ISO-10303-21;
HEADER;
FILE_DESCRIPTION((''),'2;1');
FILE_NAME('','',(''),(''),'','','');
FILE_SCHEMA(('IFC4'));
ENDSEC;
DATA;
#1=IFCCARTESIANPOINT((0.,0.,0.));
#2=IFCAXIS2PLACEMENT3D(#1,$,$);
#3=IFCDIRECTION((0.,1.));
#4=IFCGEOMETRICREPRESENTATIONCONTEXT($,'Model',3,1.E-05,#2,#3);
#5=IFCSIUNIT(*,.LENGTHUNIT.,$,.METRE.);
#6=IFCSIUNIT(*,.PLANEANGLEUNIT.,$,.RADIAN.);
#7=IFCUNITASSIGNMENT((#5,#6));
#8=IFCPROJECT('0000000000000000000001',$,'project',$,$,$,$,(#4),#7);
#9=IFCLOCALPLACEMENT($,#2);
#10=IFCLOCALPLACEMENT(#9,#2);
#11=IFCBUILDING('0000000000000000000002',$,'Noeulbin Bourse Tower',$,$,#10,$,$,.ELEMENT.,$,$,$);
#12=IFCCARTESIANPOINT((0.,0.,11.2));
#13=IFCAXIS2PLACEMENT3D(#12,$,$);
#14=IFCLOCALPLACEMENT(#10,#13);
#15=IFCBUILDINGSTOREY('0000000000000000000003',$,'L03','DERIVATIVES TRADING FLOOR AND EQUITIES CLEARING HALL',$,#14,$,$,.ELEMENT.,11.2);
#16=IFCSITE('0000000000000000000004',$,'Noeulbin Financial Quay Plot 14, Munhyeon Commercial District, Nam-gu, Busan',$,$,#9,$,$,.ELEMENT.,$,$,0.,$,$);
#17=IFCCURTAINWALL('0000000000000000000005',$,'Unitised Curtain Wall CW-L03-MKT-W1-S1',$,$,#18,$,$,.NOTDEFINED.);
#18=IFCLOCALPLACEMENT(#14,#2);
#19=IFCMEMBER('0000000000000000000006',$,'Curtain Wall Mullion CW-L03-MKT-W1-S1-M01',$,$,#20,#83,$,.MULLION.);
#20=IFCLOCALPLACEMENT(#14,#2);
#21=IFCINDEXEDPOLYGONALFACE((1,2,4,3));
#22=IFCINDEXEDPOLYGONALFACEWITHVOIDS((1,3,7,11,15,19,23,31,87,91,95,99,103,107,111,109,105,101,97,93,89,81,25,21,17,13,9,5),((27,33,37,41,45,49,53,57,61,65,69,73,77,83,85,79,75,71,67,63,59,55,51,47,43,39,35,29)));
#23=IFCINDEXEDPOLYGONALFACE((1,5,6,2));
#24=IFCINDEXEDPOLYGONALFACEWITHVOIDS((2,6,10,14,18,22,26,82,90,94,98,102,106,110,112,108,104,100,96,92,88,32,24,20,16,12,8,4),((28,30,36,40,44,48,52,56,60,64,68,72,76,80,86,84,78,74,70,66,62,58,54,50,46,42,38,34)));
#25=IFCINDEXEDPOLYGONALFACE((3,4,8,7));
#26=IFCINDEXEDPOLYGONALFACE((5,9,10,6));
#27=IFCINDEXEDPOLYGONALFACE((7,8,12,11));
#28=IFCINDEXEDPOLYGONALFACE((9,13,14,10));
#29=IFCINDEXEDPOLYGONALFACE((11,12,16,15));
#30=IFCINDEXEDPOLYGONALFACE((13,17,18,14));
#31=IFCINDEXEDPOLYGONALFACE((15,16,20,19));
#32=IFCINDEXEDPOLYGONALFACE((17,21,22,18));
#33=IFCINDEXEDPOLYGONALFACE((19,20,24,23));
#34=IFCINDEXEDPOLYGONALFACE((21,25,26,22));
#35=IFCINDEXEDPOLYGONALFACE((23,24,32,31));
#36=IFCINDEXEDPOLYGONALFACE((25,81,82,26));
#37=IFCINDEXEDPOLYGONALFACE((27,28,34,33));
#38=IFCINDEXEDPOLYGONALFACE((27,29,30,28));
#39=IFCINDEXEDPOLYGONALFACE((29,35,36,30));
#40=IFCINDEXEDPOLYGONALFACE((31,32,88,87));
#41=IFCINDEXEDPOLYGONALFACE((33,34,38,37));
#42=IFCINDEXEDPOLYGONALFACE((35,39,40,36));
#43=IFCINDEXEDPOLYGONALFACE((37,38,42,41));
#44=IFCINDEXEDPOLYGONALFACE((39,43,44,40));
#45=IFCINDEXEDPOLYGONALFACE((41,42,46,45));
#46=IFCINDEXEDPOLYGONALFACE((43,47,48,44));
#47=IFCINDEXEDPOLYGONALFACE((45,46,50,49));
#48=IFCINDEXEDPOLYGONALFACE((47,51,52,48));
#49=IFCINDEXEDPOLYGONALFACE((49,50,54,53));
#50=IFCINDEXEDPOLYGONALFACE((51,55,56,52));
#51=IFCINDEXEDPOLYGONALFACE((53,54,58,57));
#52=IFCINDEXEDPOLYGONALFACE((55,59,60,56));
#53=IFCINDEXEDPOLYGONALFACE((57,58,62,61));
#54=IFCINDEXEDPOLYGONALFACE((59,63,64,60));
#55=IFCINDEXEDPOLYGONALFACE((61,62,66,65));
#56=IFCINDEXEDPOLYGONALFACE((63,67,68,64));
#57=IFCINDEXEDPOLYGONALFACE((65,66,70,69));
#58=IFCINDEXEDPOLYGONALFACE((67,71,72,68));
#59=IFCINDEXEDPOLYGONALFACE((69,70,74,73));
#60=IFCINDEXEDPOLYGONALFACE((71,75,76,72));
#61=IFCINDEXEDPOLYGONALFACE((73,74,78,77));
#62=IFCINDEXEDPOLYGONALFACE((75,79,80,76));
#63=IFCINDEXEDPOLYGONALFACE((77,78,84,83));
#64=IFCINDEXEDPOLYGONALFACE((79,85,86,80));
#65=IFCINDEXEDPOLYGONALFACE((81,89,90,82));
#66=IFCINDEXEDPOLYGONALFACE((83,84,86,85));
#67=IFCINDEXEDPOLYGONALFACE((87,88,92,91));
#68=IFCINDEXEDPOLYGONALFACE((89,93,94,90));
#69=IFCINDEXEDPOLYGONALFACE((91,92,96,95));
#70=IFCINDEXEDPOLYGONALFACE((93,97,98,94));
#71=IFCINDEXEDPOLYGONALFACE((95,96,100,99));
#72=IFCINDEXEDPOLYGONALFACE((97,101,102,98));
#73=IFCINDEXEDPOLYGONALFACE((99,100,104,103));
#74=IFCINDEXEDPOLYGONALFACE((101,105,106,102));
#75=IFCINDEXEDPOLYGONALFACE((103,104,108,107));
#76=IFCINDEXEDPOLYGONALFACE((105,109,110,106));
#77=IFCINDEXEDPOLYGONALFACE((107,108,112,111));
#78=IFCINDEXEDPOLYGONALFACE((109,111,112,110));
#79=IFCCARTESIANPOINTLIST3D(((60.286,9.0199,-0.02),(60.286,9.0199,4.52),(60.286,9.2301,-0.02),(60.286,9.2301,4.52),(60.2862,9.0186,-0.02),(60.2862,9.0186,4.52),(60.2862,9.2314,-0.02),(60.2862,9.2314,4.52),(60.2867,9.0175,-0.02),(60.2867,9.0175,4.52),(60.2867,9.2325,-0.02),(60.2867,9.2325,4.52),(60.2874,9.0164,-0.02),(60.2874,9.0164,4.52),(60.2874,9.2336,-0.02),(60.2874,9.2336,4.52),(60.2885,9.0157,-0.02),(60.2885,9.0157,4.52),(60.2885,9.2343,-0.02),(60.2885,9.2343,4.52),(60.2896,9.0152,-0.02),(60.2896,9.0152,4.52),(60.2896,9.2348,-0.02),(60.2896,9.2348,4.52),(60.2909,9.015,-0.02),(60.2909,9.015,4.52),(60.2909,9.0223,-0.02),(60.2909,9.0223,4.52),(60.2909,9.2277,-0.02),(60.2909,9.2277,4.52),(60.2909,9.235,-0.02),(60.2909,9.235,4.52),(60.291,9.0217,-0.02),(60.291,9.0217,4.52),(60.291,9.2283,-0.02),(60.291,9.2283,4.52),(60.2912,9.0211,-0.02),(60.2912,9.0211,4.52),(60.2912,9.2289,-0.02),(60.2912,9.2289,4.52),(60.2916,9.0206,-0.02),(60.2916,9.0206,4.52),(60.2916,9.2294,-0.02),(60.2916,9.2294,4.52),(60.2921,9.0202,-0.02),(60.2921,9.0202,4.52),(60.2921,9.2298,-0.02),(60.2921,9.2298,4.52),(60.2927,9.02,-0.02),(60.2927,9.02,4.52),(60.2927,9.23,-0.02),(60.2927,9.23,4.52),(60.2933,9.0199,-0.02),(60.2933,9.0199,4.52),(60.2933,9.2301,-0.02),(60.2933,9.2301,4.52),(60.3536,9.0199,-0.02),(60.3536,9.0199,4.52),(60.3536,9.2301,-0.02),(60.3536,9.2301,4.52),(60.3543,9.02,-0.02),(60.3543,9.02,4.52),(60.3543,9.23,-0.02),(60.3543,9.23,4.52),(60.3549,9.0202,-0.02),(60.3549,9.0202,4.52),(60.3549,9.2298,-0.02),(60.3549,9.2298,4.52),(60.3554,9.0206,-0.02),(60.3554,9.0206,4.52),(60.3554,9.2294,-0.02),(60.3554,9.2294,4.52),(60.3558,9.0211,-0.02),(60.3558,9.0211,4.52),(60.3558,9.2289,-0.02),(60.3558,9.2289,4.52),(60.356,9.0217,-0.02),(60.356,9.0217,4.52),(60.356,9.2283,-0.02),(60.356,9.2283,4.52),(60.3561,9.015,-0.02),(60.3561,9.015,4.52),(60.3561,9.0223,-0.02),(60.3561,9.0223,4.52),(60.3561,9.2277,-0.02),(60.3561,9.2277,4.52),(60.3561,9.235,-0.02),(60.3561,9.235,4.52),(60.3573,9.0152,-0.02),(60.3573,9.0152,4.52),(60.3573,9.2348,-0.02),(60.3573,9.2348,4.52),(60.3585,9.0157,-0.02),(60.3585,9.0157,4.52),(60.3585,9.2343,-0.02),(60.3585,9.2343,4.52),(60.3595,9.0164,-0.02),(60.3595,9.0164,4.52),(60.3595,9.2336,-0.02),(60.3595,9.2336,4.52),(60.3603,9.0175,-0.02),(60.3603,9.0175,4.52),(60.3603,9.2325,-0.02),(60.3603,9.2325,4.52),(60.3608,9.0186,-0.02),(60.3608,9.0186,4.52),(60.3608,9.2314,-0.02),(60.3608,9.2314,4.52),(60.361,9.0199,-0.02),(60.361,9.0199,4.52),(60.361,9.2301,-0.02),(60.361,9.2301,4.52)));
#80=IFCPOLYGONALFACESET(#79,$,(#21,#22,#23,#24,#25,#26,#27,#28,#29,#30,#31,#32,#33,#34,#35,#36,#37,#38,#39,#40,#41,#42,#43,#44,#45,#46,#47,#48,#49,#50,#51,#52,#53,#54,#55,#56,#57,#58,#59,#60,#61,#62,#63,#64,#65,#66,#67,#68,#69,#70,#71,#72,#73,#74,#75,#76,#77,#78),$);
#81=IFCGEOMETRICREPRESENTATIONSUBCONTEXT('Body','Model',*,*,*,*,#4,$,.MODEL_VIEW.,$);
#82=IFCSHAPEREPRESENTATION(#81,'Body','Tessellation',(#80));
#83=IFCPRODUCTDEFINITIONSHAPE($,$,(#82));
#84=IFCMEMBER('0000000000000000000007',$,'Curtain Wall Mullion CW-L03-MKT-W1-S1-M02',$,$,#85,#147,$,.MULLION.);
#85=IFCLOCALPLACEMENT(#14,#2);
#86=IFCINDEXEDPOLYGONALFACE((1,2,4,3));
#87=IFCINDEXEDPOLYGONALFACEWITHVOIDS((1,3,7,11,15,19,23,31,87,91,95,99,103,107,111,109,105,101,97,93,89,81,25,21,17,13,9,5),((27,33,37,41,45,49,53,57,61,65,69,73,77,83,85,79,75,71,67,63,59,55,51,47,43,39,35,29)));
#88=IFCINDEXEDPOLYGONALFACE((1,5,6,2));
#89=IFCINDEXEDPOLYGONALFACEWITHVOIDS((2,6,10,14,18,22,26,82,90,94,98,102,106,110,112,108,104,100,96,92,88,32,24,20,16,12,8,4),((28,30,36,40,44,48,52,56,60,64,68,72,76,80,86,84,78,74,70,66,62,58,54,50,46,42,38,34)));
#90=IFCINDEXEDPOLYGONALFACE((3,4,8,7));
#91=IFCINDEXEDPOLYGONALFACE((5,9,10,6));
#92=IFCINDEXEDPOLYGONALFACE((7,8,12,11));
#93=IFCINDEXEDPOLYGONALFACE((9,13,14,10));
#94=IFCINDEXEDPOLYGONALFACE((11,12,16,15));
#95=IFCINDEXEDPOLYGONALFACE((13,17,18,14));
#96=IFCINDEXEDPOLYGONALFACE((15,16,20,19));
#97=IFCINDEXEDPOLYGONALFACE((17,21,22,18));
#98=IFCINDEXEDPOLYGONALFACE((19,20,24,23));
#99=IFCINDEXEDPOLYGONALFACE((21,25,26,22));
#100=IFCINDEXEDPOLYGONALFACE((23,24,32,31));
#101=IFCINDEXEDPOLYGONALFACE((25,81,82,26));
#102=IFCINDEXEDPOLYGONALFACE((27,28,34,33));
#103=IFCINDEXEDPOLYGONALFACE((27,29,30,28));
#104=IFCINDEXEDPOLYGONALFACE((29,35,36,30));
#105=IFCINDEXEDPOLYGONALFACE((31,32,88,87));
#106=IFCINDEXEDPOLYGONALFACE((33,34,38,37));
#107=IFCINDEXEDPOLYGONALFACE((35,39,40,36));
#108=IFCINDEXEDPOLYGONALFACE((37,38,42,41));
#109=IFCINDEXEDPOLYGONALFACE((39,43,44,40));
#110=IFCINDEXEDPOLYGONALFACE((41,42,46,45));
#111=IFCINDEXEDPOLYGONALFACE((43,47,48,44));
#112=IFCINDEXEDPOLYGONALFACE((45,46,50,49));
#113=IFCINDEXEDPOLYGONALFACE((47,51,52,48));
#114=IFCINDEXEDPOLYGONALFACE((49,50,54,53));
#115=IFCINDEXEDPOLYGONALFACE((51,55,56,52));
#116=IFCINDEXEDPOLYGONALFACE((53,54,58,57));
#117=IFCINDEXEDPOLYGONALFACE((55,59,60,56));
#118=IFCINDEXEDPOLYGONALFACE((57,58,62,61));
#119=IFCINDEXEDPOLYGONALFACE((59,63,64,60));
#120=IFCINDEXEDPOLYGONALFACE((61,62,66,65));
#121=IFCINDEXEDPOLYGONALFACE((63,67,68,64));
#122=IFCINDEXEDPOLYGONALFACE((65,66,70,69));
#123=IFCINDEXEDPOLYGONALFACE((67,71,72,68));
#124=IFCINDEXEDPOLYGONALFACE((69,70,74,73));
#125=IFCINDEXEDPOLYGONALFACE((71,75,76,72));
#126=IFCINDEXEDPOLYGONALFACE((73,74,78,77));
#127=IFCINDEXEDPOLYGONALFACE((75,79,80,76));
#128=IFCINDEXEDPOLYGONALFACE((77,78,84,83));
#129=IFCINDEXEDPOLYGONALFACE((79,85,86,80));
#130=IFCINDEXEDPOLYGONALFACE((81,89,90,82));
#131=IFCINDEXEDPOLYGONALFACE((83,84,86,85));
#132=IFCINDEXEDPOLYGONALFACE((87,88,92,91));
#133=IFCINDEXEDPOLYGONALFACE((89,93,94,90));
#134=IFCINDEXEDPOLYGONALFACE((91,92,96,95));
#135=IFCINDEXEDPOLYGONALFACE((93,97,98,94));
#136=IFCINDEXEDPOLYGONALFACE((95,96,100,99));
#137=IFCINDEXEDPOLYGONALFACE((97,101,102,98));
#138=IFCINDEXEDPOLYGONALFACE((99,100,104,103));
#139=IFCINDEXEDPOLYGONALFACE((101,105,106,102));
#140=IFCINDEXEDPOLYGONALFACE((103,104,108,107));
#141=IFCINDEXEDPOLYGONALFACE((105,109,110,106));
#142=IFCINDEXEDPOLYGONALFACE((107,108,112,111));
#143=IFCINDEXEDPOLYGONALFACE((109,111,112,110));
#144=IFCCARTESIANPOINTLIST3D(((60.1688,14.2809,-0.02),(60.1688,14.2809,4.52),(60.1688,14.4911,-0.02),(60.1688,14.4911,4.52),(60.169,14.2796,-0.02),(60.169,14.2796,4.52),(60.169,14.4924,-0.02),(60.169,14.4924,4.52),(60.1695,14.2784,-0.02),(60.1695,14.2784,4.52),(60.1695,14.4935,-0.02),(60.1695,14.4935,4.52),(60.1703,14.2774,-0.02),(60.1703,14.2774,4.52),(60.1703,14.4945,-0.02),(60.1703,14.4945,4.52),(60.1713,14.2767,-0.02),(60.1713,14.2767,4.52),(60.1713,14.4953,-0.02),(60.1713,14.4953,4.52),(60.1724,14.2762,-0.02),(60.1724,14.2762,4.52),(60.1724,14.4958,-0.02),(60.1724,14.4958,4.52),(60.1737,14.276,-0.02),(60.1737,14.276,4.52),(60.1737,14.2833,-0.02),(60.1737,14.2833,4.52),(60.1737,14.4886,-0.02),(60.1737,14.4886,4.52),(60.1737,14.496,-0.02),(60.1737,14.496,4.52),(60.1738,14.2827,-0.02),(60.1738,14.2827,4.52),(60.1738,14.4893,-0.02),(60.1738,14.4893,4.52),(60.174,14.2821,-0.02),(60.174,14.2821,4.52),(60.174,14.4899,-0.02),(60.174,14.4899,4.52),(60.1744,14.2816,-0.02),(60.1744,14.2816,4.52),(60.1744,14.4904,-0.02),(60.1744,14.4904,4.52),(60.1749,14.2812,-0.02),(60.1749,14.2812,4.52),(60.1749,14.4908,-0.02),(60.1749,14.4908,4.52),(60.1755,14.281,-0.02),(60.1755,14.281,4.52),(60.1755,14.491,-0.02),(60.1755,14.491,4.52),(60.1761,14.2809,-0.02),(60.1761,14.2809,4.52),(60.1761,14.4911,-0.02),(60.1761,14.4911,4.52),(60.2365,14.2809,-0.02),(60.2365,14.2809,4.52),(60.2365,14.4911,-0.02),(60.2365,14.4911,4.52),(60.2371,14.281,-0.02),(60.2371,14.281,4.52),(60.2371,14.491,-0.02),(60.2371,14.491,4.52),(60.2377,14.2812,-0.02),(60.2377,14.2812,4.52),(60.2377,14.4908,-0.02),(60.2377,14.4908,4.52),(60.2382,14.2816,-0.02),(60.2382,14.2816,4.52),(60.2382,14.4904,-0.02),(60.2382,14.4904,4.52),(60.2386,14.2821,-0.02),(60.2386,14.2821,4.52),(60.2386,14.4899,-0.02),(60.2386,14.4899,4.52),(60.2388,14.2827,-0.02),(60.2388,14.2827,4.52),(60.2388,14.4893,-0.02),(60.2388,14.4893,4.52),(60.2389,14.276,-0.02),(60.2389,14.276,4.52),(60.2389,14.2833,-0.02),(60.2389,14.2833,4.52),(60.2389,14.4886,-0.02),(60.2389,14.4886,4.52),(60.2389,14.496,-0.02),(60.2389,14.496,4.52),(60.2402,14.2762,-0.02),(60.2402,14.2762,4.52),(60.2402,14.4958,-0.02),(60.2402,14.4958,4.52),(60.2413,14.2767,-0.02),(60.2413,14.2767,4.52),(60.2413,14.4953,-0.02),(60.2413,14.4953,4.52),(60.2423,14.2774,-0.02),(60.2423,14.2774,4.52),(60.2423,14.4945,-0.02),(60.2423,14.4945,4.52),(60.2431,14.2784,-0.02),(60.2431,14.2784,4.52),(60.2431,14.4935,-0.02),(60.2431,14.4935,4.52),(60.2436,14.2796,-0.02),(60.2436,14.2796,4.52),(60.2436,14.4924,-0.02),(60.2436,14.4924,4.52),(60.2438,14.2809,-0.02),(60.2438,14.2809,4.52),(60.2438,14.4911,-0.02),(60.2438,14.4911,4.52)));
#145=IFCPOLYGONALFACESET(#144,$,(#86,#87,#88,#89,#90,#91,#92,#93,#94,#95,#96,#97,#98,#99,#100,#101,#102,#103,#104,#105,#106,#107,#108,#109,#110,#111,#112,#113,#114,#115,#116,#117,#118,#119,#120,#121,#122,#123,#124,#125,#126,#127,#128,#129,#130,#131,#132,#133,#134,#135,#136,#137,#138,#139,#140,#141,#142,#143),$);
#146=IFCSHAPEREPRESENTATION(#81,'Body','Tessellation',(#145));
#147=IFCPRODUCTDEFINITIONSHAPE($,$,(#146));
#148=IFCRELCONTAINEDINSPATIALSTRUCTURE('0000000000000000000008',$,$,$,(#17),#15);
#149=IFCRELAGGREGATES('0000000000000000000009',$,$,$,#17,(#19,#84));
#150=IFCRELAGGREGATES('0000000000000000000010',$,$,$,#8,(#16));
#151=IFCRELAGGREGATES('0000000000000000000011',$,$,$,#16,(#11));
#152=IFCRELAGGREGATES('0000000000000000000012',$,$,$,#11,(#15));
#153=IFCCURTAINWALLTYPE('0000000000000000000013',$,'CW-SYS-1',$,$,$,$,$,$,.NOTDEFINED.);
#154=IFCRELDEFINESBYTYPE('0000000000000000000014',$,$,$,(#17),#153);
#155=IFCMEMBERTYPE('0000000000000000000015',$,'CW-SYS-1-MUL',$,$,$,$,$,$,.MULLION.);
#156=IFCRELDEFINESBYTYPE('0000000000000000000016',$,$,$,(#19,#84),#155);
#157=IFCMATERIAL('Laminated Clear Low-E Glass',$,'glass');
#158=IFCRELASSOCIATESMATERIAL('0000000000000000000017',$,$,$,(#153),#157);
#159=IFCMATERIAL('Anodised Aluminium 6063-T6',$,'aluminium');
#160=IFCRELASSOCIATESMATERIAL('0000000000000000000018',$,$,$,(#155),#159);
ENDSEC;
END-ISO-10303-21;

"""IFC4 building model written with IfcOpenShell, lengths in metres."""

from ifc_helpers import new_model, si_unit, direction, frame, origin, origin_2d, place, context, subcontext, project, spatial, hollow_rectangle, extrude, material, material_profile, profile_set, type_object, element, aggregate, save


model = new_model("IFC4")

# Units and contexts
model_context = context("Model", 3, precision=1e-05, world=origin(), true_north=direction((0.0, 1.0)))
body_context = subcontext(model_context, "Body", "Model", "MODEL_VIEW")
ifc_project = project(units=[si_unit("LENGTHUNIT", "METRE"), si_unit("PLANEANGLEUNIT", "RADIAN")], contexts=[model_context])

# Site, building, storey
site_placement = place(None, origin())
site = spatial("IfcSite", under=ifc_project, at=site_placement, Name="Noeulbin Financial Quay Plot 14, Munhyeon Commercial District, Nam-gu, Busan", CompositionType="ELEMENT", RefElevation=0.0)
building_placement = place(site_placement, origin())
building = spatial("IfcBuilding", under=site, at=building_placement, Name="Noeulbin Bourse Tower", CompositionType="ELEMENT")
storey_placement = place(building_placement, frame((0.0, 0.0, 11.2)))
storey = spatial("IfcBuildingStorey", under=building, at=storey_placement, Name="L03", Description="DERIVATIVES TRADING FLOOR AND EQUITIES CLEARING HALL", CompositionType="ELEMENT", Elevation=11.2)

# Curtain wall, members
ifc_material_1 = material(Name="Laminated Clear Low-E Glass", Category="glass")
curtain_wall_type = type_object("IfcCurtainWallType", Name="CW-SYS-1", PredefinedType="NOTDEFINED", material=ifc_material_1)
curtain_wall_1_placement = place(storey_placement, origin())
curtain_wall_1 = element("IfcCurtainWall", 1, at=curtain_wall_1_placement, inside=storey, type_object=curtain_wall_type, Name="Unitised Curtain Wall CW-L03-MKT-W1-S1", PredefinedType="NOTDEFINED")
ifc_material_2 = material(Name="Anodised Aluminium 6063-T6", Category="aluminium")
ifc_material_profile_1 = material_profile(ifc_material_2, hollow_rectangle(XDim=0.075, YDim=0.22, WallThickness=0.0049, InnerFilletRadius=0.0024, OuterFilletRadius=0.0049, at=origin_2d()), Name="ALU-MULL-75x220x5", Category="LoadBearing")
ifc_profile_set_1 = profile_set([ifc_material_profile_1], Name="Anodised Aluminium 6063-T6")
member_type_1 = type_object("IfcMemberType", Name="CW-SYS-1-MUL", PredefinedType="MULLION", material=ifc_profile_set_1)
member_1_placement = place(storey_placement, frame((60.3235, 9.125, -0.02), z_axis=(0.0, 0.0, 1.0), x_axis=(1.0, 0.0, 0.0)))
member_1 = element("IfcMember", 2, at=member_1_placement, type_object=member_type_1, Name="Curtain Wall Mullion CW-L03-MKT-W1-S1-M01", PredefinedType="MULLION", context=body_context, shape_type="SweptSolid", body=[
    extrude(hollow_rectangle(XDim=0.075, YDim=0.22, WallThickness=0.0049, InnerFilletRadius=0.0024, OuterFilletRadius=0.0049, at=origin_2d()), origin(), (0.0, 0.0, 1.0), 4.54),
])
member_2_placement = place(storey_placement, frame((60.2063, 14.386, -0.02), z_axis=(0.0, 0.0, 1.0), x_axis=(1.0, 0.0, 0.0)))
member_2 = element("IfcMember", 3, at=member_2_placement, type_object=member_type_1, Name="Curtain Wall Mullion CW-L03-MKT-W1-S1-M02", PredefinedType="MULLION", context=body_context, shape_type="SweptSolid", body=[
    extrude(hollow_rectangle(XDim=0.075, YDim=0.22, WallThickness=0.0049, InnerFilletRadius=0.0024, OuterFilletRadius=0.0049, at=origin_2d()), origin(), (0.0, 0.0, 1.0), 4.54),
])

aggregate(curtain_wall_1, [member_1, member_2])

save(model, "model.ifc")
